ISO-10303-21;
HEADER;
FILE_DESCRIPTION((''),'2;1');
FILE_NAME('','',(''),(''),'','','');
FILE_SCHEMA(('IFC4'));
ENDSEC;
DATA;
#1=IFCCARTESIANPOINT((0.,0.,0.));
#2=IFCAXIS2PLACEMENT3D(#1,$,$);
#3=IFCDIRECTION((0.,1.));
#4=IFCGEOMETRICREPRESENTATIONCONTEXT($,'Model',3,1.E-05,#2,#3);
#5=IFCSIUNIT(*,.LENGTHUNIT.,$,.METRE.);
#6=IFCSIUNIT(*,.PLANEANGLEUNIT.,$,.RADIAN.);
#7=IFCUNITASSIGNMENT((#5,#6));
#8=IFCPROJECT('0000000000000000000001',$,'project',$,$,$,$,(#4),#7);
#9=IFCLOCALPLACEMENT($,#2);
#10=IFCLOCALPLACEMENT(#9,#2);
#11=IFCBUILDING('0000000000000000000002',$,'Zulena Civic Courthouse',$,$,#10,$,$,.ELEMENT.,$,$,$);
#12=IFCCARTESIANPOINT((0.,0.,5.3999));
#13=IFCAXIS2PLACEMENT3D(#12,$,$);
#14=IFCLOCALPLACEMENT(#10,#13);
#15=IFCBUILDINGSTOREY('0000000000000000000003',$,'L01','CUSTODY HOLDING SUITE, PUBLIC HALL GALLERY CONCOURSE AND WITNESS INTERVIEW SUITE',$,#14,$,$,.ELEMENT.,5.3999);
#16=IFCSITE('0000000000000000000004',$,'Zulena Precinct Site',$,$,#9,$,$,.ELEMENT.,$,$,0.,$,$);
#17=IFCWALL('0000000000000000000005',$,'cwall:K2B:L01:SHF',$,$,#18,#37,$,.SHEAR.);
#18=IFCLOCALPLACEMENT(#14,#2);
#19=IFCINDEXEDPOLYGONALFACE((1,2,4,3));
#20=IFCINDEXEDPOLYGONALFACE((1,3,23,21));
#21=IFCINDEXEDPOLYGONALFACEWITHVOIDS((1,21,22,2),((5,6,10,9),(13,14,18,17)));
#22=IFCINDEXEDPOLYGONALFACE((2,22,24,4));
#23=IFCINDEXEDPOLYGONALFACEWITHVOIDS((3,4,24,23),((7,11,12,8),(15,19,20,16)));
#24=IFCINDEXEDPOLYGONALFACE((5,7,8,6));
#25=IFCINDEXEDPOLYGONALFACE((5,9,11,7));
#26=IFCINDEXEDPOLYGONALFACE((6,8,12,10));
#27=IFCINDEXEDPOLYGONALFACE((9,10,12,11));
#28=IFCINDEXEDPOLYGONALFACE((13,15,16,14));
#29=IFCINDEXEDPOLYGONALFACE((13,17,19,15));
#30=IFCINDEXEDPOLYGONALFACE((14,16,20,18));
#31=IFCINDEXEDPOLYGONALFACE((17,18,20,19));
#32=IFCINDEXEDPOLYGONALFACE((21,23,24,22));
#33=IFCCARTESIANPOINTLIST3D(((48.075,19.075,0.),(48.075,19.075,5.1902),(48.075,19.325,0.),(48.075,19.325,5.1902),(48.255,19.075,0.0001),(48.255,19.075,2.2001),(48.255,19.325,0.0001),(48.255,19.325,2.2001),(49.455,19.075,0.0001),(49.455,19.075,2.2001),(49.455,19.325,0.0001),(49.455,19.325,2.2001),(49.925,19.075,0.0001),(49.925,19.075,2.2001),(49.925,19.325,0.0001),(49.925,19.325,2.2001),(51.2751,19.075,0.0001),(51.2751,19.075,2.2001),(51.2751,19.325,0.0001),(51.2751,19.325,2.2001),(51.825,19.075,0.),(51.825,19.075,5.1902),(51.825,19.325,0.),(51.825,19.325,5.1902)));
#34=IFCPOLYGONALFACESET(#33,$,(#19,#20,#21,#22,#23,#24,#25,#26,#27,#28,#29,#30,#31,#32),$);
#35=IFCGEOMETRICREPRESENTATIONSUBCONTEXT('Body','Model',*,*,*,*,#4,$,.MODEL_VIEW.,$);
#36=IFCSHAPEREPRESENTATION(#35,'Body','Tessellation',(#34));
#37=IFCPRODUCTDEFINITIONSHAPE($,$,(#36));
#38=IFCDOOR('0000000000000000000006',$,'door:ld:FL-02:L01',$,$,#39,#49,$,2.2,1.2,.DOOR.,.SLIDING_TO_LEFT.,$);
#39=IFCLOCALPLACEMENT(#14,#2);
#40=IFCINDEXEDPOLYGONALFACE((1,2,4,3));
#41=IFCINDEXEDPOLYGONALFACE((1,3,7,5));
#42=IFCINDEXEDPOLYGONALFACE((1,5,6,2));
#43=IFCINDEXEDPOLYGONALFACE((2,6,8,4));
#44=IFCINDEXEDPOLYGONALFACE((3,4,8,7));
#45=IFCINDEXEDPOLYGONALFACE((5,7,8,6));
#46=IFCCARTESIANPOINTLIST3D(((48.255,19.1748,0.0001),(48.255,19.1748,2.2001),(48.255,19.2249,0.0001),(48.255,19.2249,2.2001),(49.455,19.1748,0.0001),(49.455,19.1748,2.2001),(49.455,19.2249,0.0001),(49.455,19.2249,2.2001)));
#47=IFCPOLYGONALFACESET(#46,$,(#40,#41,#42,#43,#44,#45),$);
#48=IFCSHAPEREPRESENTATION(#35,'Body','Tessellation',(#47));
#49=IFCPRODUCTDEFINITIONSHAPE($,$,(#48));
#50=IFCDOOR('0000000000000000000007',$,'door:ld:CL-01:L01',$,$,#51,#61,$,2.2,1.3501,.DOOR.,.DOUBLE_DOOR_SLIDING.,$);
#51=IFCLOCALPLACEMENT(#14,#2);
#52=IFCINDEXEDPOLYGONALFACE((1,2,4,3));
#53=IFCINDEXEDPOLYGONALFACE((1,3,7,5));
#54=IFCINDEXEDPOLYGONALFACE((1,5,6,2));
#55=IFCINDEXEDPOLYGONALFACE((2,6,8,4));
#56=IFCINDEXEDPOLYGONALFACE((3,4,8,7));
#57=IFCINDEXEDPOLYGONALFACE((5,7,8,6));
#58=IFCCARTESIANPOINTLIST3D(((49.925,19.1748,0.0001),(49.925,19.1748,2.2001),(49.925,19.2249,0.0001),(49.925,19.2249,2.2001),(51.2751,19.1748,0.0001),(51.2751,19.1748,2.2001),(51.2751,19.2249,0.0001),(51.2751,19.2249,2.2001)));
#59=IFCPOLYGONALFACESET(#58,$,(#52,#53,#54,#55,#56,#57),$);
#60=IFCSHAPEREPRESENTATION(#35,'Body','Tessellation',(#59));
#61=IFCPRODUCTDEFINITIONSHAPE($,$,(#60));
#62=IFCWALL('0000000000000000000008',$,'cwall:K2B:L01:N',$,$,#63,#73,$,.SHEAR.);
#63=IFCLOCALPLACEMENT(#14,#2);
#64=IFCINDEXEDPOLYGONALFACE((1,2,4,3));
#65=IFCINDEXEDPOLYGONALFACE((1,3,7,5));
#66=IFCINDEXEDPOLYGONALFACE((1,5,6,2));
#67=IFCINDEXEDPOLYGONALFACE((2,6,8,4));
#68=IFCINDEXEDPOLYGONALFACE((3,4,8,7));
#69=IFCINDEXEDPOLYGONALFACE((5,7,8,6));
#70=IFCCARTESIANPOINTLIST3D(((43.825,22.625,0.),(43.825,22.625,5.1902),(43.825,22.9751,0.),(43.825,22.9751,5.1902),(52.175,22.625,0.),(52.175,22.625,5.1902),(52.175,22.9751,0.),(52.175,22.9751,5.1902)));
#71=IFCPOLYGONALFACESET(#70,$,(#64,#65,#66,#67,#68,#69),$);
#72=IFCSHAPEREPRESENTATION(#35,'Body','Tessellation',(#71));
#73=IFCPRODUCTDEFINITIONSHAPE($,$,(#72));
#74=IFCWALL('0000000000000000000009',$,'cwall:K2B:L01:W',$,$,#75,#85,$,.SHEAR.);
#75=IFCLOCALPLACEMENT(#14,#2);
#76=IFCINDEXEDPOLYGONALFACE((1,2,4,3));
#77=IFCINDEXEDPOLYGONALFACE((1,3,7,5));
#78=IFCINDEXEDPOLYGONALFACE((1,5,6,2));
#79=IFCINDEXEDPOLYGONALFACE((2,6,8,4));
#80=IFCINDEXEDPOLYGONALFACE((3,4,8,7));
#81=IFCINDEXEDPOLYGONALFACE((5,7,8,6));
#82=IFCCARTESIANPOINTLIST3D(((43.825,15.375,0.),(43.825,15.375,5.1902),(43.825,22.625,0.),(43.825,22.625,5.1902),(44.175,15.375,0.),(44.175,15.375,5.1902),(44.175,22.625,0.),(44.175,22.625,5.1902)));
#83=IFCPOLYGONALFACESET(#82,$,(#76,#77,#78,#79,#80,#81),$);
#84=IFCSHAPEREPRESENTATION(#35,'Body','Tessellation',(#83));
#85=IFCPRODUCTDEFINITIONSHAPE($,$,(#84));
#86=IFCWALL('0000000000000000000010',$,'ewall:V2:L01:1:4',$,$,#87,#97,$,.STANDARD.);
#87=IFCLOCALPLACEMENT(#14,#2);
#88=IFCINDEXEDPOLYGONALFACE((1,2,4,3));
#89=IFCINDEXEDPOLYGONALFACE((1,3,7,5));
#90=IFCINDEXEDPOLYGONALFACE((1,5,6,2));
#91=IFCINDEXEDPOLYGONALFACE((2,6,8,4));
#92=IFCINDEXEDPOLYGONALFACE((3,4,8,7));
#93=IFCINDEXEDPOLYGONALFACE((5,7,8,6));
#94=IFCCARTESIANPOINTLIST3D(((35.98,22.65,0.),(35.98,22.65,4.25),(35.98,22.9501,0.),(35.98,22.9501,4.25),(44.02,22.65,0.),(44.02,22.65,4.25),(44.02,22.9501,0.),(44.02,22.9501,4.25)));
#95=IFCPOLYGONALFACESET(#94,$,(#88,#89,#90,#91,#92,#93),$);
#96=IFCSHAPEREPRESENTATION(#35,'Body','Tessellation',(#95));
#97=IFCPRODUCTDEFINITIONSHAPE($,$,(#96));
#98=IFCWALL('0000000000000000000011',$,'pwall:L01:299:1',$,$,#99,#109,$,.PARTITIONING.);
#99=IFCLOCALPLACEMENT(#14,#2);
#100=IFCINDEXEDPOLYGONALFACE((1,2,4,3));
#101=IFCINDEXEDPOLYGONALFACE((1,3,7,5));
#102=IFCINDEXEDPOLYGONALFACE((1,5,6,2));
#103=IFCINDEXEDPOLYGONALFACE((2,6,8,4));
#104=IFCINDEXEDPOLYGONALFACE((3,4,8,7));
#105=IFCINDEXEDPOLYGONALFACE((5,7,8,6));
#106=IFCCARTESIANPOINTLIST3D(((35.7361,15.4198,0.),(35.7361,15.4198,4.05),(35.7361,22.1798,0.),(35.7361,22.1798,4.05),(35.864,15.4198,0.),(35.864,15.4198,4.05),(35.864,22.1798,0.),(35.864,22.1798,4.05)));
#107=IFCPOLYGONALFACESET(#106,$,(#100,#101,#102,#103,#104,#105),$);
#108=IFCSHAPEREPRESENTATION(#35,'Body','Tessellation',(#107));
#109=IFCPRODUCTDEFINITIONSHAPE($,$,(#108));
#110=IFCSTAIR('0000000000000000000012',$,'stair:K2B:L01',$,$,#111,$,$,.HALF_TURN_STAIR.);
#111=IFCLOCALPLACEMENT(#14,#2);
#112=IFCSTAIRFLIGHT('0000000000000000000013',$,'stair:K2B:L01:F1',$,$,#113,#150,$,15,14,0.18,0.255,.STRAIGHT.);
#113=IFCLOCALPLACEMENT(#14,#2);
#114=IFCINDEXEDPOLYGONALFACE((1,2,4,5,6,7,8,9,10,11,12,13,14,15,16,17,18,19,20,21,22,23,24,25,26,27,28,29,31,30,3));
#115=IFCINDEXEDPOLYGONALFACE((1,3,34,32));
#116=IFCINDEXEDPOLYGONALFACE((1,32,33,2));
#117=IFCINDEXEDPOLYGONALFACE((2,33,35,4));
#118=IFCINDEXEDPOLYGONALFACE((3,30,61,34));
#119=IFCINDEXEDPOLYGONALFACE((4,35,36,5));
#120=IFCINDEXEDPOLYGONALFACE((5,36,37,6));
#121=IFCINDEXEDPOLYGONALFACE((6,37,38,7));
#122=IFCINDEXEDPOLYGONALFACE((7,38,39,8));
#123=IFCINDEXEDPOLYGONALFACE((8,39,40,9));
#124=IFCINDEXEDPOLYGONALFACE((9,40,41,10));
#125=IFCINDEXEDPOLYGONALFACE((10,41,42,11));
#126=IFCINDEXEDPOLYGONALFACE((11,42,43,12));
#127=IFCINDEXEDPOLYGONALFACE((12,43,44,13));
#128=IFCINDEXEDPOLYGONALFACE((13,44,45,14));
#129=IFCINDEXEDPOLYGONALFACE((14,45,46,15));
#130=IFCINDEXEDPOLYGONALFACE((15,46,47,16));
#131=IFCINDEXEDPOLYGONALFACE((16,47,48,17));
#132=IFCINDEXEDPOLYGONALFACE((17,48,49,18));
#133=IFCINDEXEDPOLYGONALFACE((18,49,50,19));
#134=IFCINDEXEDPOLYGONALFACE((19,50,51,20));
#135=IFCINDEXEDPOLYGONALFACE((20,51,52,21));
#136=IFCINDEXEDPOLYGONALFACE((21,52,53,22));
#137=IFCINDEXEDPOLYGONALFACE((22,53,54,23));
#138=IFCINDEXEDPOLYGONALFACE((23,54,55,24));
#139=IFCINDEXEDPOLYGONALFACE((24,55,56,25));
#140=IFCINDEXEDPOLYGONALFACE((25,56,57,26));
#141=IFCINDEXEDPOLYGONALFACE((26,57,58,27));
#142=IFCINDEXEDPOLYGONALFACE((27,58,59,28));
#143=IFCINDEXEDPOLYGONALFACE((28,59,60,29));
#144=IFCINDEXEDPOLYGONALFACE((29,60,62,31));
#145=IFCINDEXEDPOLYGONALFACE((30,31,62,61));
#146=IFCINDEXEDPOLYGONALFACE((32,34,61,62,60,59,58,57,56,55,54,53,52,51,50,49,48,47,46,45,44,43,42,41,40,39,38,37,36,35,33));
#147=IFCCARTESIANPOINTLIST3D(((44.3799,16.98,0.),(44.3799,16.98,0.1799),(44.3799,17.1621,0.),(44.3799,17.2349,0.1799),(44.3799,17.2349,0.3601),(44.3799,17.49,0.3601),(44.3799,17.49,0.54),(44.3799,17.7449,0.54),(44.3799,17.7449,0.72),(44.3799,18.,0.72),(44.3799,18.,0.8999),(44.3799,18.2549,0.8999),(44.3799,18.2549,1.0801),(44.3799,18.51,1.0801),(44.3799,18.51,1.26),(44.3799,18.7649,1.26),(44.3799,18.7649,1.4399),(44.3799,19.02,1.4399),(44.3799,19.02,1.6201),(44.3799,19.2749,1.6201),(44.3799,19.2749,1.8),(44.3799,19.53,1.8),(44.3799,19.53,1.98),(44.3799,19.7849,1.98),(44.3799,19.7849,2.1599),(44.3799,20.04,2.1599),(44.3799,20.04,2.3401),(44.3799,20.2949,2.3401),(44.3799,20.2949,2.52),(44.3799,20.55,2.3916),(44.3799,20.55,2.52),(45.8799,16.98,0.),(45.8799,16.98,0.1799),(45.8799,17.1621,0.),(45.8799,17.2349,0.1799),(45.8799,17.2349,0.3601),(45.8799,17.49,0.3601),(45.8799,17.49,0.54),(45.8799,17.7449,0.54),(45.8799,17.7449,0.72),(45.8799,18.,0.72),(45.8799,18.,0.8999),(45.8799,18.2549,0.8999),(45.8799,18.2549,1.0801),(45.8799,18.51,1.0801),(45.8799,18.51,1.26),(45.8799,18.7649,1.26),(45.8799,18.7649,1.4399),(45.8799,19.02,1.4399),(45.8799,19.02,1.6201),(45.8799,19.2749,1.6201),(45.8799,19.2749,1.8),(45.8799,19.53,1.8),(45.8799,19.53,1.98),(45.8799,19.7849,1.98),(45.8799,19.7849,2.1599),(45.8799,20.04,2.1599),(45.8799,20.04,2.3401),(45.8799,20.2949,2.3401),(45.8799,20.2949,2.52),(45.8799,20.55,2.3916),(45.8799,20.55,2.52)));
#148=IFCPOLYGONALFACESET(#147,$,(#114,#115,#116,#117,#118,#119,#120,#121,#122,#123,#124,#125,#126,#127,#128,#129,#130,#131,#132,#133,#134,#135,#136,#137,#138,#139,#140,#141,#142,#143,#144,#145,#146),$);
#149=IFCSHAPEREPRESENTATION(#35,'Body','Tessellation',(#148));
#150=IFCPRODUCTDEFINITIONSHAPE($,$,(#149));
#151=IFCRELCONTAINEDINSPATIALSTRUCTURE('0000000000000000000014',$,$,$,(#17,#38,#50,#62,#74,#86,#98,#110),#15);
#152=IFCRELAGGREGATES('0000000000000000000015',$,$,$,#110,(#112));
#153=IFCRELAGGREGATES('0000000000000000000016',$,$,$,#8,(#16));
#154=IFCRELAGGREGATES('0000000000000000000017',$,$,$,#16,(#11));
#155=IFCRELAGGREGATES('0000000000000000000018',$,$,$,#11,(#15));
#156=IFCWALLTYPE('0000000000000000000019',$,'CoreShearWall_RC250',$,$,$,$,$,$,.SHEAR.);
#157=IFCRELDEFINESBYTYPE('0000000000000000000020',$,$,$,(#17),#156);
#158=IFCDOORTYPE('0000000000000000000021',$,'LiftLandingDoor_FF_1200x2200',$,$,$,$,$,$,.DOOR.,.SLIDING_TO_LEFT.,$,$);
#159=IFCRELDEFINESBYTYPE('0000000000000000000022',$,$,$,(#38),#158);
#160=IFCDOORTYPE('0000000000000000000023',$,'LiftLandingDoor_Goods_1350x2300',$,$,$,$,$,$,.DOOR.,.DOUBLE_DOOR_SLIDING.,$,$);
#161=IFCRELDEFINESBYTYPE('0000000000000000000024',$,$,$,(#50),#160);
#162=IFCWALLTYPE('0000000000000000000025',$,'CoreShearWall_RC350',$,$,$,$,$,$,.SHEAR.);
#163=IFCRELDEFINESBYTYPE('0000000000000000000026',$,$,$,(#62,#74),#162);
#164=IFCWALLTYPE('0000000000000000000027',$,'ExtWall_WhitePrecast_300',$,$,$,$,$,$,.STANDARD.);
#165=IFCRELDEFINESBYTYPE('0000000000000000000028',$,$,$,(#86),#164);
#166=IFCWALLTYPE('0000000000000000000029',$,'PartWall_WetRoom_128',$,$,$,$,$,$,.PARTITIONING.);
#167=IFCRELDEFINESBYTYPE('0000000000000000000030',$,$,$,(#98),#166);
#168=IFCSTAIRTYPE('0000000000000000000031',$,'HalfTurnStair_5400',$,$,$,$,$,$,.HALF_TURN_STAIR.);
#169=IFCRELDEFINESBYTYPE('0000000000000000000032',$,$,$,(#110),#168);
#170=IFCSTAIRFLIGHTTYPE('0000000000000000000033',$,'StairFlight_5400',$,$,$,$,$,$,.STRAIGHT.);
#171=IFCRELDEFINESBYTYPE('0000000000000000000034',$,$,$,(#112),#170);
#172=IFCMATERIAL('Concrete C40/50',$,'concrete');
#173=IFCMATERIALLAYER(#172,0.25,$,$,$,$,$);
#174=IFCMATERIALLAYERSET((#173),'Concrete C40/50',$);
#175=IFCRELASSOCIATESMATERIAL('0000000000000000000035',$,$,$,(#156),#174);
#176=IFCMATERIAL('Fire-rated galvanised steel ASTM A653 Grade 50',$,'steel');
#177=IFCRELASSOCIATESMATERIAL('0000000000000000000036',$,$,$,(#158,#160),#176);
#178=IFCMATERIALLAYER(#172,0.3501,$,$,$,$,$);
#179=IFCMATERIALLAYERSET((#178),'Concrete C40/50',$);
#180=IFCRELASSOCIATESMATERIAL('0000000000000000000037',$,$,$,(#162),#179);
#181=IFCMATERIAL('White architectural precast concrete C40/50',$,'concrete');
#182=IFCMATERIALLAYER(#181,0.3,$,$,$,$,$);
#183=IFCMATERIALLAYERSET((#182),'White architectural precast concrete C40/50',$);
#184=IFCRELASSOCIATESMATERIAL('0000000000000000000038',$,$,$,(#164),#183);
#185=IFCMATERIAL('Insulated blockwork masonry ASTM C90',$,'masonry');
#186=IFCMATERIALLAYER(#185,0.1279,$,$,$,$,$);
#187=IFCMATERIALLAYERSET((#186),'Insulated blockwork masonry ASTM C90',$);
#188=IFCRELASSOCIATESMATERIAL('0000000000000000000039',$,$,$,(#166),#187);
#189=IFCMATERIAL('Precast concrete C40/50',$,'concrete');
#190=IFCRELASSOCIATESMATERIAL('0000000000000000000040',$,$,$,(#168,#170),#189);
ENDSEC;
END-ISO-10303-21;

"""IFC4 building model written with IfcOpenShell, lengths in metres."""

from ifc_helpers import new_model, si_unit, direction, frame, frame_2d, origin, place, context, subcontext, project, spatial, polyline, rectangle, outline, extrude, material, layer, layer_set, type_object, element, fill, aggregate, save


model = new_model("IFC4")

# Units and contexts
model_context = context("Model", 3, precision=1e-05, world=origin(), true_north=direction((0.0, 1.0)))
body_context = subcontext(model_context, "Body", "Model", "MODEL_VIEW")
ifc_project = project(units=[si_unit("LENGTHUNIT", "METRE"), si_unit("PLANEANGLEUNIT", "RADIAN")], contexts=[model_context])

# Site, building, storey
site_placement = place(None, origin())
site = spatial("IfcSite", under=ifc_project, at=site_placement, Name="Zulena Precinct Site", CompositionType="ELEMENT", RefElevation=0.0)
building_placement = place(site_placement, origin())
building = spatial("IfcBuilding", under=site, at=building_placement, Name="Zulena Civic Courthouse", CompositionType="ELEMENT")
storey_placement = place(building_placement, frame((0.0, 0.0, 5.3999)))
storey = spatial("IfcBuildingStorey", under=building, at=storey_placement, Name="L01", Description="CUSTODY HOLDING SUITE, PUBLIC HALL GALLERY CONCOURSE AND WITNESS INTERVIEW SUITE", CompositionType="ELEMENT", Elevation=5.3999)

# Shared definitions
ifc_material_1 = material(Name="Concrete C40/50", Category="concrete")
ifc_layer_1 = layer(ifc_material_1, 0.25)
ifc_layer_set_1 = layer_set([ifc_layer_1], Name="Concrete C40/50")
wall_type_1 = type_object("IfcWallType", Name="CoreShearWall_RC250", PredefinedType="SHEAR", material=ifc_layer_set_1)
ifc_material_2 = material(Name="Fire-rated galvanised steel ASTM A653 Grade 50", Category="steel")

# Wall, openings, doors
wall_1_placement = place(storey_placement, frame((48.075, 19.2, 0.0), z_axis=(0.0, 0.0, 1.0), x_axis=(1.0, 0.0, 0.0)))
wall_1 = element("IfcWall", 1, at=wall_1_placement, inside=storey, type_object=wall_type_1, Name="cwall:K2B:L01:SHF", PredefinedType="SHEAR", context=body_context, shape_type="SweptSolid", body=[
    extrude(rectangle(XDim=3.75, YDim=0.25, at=frame_2d((1.875, 0.0))), origin(), (0.0, 0.0, 1.0), 5.1902),
])
opening_1_placement = place(wall_1_placement, frame((0.1799, 0.0, 0.0)))
opening_1 = element("IfcOpeningElement", 2, at=opening_1_placement, cuts=wall_1, PredefinedType="OPENING", context=body_context, shape_type="SweptSolid", body=[
    extrude(rectangle(XDim=1.2, YDim=2.2, at=frame_2d((0.6001, 1.1001))), frame((0.0, 0.135, 0.0), z_axis=(0.0, -1.0, 0.0), x_axis=(1.0, 0.0, 0.0)), (0.0, 0.0, 1.0), 0.27),
])
opening_2_placement = place(wall_1_placement, frame((1.8501, 0.0, 0.0)))
opening_2 = element("IfcOpeningElement", 3, at=opening_2_placement, cuts=wall_1, PredefinedType="OPENING", context=body_context, shape_type="SweptSolid", body=[
    extrude(rectangle(XDim=1.3501, YDim=2.2, at=frame_2d((0.675, 1.1001))), frame((0.0, 0.135, 0.0), z_axis=(0.0, -1.0, 0.0), x_axis=(1.0, 0.0, 0.0)), (0.0, 0.0, 1.0), 0.27),
])
door_type_1 = type_object("IfcDoorType", Name="LiftLandingDoor_FF_1200x2200", OperationType="SLIDING_TO_LEFT", PredefinedType="DOOR", material=ifc_material_2)
door_1_placement = place(opening_1_placement, origin())
door_1 = element("IfcDoor", 4, at=door_1_placement, inside=storey, type_object=door_type_1, Name="door:ld:FL-02:L01", OperationType="SLIDING_TO_LEFT", OverallHeight=2.2, OverallWidth=1.2, PredefinedType="DOOR", context=body_context, shape_type="SweptSolid", body=[
    extrude(rectangle(XDim=1.2, YDim=2.2, at=frame_2d((0.6001, 1.1001))), frame((0.0, 0.0249, 0.0), z_axis=(0.0, -1.0, 0.0), x_axis=(1.0, 0.0, 0.0)), (0.0, 0.0, 1.0), 0.05),
])
fill(opening_1, door_1)
door_type_2 = type_object("IfcDoorType", Name="LiftLandingDoor_Goods_1350x2300", OperationType="DOUBLE_DOOR_SLIDING", PredefinedType="DOOR", material=ifc_material_2)
door_2_placement = place(opening_2_placement, origin())
door_2 = element("IfcDoor", 5, at=door_2_placement, inside=storey, type_object=door_type_2, Name="door:ld:CL-01:L01", OperationType="DOUBLE_DOOR_SLIDING", OverallHeight=2.2, OverallWidth=1.3501, PredefinedType="DOOR", context=body_context, shape_type="SweptSolid", body=[
    extrude(rectangle(XDim=1.3501, YDim=2.2, at=frame_2d((0.675, 1.1001))), frame((0.0, 0.0249, 0.0), z_axis=(0.0, -1.0, 0.0), x_axis=(1.0, 0.0, 0.0)), (0.0, 0.0, 1.0), 0.05),
])
fill(opening_2, door_2)

# Walls
ifc_layer_2 = layer(ifc_material_1, 0.3501)
ifc_layer_set_2 = layer_set([ifc_layer_2], Name="Concrete C40/50")
wall_type_2 = type_object("IfcWallType", Name="CoreShearWall_RC350", PredefinedType="SHEAR", material=ifc_layer_set_2)
wall_2_placement = place(storey_placement, frame((43.825, 22.8, 0.0), z_axis=(0.0, 0.0, 1.0), x_axis=(1.0, 0.0, 0.0)))
element("IfcWall", 6, at=wall_2_placement, inside=storey, type_object=wall_type_2, Name="cwall:K2B:L01:N", PredefinedType="SHEAR", context=body_context, shape_type="SweptSolid", body=[
    extrude(rectangle(XDim=8.3501, YDim=0.3501, at=frame_2d((4.175, 0.0))), origin(), (0.0, 0.0, 1.0), 5.1902),
])
wall_3_placement = place(storey_placement, frame((44.0, 15.375, 0.0), z_axis=(0.0, 0.0, 1.0), x_axis=(0.0, 1.0, 0.0)))
element("IfcWall", 7, at=wall_3_placement, inside=storey, type_object=wall_type_2, Name="cwall:K2B:L01:W", PredefinedType="SHEAR", context=body_context, shape_type="SweptSolid", body=[
    extrude(rectangle(XDim=7.25, YDim=0.3501, at=frame_2d((3.625, 0.0))), origin(), (0.0, 0.0, 1.0), 5.1902),
])
ifc_material_3 = material(Name="White architectural precast concrete C40/50", Category="concrete")
ifc_layer_3 = layer(ifc_material_3, 0.3)
ifc_layer_set_3 = layer_set([ifc_layer_3], Name="White architectural precast concrete C40/50")
wall_type_3 = type_object("IfcWallType", Name="ExtWall_WhitePrecast_300", PredefinedType="STANDARD", material=ifc_layer_set_3)
wall_4_placement = place(storey_placement, frame((35.98, 22.8, 0.0), z_axis=(0.0, 0.0, 1.0), x_axis=(1.0, 0.0, 0.0)))
element("IfcWall", 8, at=wall_4_placement, inside=storey, type_object=wall_type_3, Name="ewall:V2:L01:1:4", PredefinedType="STANDARD", context=body_context, shape_type="SweptSolid", body=[
    extrude(rectangle(XDim=8.04, YDim=0.3, at=frame_2d((4.02, 0.0))), origin(), (0.0, 0.0, 1.0), 4.25),
])
ifc_material_4 = material(Name="Insulated blockwork masonry ASTM C90", Category="masonry")
ifc_layer_4 = layer(ifc_material_4, 0.1279)
ifc_layer_set_4 = layer_set([ifc_layer_4], Name="Insulated blockwork masonry ASTM C90")
wall_type_4 = type_object("IfcWallType", Name="PartWall_WetRoom_128", PredefinedType="PARTITIONING", material=ifc_layer_set_4)
wall_5_placement = place(storey_placement, frame((35.8, 15.4199, 0.0), z_axis=(0.0, 0.0, 1.0), x_axis=(0.0, 1.0, 0.0)))
element("IfcWall", 9, at=wall_5_placement, inside=storey, type_object=wall_type_4, Name="pwall:L01:299:1", PredefinedType="PARTITIONING", context=body_context, shape_type="SweptSolid", body=[
    extrude(rectangle(XDim=6.76, YDim=0.1279, at=frame_2d((3.3799, 0.0))), origin(), (0.0, 0.0, 1.0), 4.05),
])

# Stair, stair flight
ifc_material_5 = material(Name="Precast concrete C40/50", Category="concrete")
stair_type = type_object("IfcStairType", Name="HalfTurnStair_5400", PredefinedType="HALF_TURN_STAIR", material=ifc_material_5)
stair_placement = place(storey_placement, origin())
stair = element("IfcStair", 10, at=stair_placement, inside=storey, type_object=stair_type, Name="stair:K2B:L01", PredefinedType="HALF_TURN_STAIR")
stair_flight_type = type_object("IfcStairFlightType", Name="StairFlight_5400", PredefinedType="STRAIGHT", material=ifc_material_5)
stair_flight_1_placement = place(storey_placement, frame((45.1299, 16.98, 0.0), z_axis=(0.0, 0.0, 1.0), x_axis=(0.0, 1.0, 0.0)))
stair_flight_1 = element("IfcStairFlight", 11, at=stair_flight_1_placement, type_object=stair_flight_type, Name="stair:K2B:L01:F1", NumberOfRisers=15, NumberOfTreads=14, PredefinedType="STRAIGHT", RiserHeight=0.18, TreadLength=0.255, context=body_context, shape_type="SweptSolid", body=[
    extrude(outline(polyline([(0.0, 0.0), (0.0, 0.1799), (0.2549, 0.1799), (0.2549, 0.3601), (0.51, 0.3601), (0.51, 0.54), (0.7649, 0.54), (0.7649, 0.72), (1.02, 0.72), (1.02, 0.8999), (1.2749, 0.8999), (1.2749, 1.0801), (1.53, 1.0801), (1.53, 1.26), (1.7849, 1.26), (1.7849, 1.4399), (2.04, 1.4399), (2.04, 1.6201), (2.2949, 1.6201), (2.2949, 1.8), (2.55, 1.8), (2.55, 1.98), (2.8049, 1.98), (2.8049, 2.1599), (3.0601, 2.1599), (3.0601, 2.3401), (3.3149, 2.3401), (3.3149, 2.52), (3.5701, 2.52), (3.5701, 2.7), (3.5701, 2.3916), (0.1821, 0.0), (0.0, 0.0)])), frame((0.0, 0.75, 0.0), z_axis=(0.0, -1.0, 0.0), x_axis=(1.0, 0.0, 0.0)), (0.0, 0.0, 1.0), 1.5),
])
aggregate(stair, [stair_flight_1])

save(model, "model.ifc")
